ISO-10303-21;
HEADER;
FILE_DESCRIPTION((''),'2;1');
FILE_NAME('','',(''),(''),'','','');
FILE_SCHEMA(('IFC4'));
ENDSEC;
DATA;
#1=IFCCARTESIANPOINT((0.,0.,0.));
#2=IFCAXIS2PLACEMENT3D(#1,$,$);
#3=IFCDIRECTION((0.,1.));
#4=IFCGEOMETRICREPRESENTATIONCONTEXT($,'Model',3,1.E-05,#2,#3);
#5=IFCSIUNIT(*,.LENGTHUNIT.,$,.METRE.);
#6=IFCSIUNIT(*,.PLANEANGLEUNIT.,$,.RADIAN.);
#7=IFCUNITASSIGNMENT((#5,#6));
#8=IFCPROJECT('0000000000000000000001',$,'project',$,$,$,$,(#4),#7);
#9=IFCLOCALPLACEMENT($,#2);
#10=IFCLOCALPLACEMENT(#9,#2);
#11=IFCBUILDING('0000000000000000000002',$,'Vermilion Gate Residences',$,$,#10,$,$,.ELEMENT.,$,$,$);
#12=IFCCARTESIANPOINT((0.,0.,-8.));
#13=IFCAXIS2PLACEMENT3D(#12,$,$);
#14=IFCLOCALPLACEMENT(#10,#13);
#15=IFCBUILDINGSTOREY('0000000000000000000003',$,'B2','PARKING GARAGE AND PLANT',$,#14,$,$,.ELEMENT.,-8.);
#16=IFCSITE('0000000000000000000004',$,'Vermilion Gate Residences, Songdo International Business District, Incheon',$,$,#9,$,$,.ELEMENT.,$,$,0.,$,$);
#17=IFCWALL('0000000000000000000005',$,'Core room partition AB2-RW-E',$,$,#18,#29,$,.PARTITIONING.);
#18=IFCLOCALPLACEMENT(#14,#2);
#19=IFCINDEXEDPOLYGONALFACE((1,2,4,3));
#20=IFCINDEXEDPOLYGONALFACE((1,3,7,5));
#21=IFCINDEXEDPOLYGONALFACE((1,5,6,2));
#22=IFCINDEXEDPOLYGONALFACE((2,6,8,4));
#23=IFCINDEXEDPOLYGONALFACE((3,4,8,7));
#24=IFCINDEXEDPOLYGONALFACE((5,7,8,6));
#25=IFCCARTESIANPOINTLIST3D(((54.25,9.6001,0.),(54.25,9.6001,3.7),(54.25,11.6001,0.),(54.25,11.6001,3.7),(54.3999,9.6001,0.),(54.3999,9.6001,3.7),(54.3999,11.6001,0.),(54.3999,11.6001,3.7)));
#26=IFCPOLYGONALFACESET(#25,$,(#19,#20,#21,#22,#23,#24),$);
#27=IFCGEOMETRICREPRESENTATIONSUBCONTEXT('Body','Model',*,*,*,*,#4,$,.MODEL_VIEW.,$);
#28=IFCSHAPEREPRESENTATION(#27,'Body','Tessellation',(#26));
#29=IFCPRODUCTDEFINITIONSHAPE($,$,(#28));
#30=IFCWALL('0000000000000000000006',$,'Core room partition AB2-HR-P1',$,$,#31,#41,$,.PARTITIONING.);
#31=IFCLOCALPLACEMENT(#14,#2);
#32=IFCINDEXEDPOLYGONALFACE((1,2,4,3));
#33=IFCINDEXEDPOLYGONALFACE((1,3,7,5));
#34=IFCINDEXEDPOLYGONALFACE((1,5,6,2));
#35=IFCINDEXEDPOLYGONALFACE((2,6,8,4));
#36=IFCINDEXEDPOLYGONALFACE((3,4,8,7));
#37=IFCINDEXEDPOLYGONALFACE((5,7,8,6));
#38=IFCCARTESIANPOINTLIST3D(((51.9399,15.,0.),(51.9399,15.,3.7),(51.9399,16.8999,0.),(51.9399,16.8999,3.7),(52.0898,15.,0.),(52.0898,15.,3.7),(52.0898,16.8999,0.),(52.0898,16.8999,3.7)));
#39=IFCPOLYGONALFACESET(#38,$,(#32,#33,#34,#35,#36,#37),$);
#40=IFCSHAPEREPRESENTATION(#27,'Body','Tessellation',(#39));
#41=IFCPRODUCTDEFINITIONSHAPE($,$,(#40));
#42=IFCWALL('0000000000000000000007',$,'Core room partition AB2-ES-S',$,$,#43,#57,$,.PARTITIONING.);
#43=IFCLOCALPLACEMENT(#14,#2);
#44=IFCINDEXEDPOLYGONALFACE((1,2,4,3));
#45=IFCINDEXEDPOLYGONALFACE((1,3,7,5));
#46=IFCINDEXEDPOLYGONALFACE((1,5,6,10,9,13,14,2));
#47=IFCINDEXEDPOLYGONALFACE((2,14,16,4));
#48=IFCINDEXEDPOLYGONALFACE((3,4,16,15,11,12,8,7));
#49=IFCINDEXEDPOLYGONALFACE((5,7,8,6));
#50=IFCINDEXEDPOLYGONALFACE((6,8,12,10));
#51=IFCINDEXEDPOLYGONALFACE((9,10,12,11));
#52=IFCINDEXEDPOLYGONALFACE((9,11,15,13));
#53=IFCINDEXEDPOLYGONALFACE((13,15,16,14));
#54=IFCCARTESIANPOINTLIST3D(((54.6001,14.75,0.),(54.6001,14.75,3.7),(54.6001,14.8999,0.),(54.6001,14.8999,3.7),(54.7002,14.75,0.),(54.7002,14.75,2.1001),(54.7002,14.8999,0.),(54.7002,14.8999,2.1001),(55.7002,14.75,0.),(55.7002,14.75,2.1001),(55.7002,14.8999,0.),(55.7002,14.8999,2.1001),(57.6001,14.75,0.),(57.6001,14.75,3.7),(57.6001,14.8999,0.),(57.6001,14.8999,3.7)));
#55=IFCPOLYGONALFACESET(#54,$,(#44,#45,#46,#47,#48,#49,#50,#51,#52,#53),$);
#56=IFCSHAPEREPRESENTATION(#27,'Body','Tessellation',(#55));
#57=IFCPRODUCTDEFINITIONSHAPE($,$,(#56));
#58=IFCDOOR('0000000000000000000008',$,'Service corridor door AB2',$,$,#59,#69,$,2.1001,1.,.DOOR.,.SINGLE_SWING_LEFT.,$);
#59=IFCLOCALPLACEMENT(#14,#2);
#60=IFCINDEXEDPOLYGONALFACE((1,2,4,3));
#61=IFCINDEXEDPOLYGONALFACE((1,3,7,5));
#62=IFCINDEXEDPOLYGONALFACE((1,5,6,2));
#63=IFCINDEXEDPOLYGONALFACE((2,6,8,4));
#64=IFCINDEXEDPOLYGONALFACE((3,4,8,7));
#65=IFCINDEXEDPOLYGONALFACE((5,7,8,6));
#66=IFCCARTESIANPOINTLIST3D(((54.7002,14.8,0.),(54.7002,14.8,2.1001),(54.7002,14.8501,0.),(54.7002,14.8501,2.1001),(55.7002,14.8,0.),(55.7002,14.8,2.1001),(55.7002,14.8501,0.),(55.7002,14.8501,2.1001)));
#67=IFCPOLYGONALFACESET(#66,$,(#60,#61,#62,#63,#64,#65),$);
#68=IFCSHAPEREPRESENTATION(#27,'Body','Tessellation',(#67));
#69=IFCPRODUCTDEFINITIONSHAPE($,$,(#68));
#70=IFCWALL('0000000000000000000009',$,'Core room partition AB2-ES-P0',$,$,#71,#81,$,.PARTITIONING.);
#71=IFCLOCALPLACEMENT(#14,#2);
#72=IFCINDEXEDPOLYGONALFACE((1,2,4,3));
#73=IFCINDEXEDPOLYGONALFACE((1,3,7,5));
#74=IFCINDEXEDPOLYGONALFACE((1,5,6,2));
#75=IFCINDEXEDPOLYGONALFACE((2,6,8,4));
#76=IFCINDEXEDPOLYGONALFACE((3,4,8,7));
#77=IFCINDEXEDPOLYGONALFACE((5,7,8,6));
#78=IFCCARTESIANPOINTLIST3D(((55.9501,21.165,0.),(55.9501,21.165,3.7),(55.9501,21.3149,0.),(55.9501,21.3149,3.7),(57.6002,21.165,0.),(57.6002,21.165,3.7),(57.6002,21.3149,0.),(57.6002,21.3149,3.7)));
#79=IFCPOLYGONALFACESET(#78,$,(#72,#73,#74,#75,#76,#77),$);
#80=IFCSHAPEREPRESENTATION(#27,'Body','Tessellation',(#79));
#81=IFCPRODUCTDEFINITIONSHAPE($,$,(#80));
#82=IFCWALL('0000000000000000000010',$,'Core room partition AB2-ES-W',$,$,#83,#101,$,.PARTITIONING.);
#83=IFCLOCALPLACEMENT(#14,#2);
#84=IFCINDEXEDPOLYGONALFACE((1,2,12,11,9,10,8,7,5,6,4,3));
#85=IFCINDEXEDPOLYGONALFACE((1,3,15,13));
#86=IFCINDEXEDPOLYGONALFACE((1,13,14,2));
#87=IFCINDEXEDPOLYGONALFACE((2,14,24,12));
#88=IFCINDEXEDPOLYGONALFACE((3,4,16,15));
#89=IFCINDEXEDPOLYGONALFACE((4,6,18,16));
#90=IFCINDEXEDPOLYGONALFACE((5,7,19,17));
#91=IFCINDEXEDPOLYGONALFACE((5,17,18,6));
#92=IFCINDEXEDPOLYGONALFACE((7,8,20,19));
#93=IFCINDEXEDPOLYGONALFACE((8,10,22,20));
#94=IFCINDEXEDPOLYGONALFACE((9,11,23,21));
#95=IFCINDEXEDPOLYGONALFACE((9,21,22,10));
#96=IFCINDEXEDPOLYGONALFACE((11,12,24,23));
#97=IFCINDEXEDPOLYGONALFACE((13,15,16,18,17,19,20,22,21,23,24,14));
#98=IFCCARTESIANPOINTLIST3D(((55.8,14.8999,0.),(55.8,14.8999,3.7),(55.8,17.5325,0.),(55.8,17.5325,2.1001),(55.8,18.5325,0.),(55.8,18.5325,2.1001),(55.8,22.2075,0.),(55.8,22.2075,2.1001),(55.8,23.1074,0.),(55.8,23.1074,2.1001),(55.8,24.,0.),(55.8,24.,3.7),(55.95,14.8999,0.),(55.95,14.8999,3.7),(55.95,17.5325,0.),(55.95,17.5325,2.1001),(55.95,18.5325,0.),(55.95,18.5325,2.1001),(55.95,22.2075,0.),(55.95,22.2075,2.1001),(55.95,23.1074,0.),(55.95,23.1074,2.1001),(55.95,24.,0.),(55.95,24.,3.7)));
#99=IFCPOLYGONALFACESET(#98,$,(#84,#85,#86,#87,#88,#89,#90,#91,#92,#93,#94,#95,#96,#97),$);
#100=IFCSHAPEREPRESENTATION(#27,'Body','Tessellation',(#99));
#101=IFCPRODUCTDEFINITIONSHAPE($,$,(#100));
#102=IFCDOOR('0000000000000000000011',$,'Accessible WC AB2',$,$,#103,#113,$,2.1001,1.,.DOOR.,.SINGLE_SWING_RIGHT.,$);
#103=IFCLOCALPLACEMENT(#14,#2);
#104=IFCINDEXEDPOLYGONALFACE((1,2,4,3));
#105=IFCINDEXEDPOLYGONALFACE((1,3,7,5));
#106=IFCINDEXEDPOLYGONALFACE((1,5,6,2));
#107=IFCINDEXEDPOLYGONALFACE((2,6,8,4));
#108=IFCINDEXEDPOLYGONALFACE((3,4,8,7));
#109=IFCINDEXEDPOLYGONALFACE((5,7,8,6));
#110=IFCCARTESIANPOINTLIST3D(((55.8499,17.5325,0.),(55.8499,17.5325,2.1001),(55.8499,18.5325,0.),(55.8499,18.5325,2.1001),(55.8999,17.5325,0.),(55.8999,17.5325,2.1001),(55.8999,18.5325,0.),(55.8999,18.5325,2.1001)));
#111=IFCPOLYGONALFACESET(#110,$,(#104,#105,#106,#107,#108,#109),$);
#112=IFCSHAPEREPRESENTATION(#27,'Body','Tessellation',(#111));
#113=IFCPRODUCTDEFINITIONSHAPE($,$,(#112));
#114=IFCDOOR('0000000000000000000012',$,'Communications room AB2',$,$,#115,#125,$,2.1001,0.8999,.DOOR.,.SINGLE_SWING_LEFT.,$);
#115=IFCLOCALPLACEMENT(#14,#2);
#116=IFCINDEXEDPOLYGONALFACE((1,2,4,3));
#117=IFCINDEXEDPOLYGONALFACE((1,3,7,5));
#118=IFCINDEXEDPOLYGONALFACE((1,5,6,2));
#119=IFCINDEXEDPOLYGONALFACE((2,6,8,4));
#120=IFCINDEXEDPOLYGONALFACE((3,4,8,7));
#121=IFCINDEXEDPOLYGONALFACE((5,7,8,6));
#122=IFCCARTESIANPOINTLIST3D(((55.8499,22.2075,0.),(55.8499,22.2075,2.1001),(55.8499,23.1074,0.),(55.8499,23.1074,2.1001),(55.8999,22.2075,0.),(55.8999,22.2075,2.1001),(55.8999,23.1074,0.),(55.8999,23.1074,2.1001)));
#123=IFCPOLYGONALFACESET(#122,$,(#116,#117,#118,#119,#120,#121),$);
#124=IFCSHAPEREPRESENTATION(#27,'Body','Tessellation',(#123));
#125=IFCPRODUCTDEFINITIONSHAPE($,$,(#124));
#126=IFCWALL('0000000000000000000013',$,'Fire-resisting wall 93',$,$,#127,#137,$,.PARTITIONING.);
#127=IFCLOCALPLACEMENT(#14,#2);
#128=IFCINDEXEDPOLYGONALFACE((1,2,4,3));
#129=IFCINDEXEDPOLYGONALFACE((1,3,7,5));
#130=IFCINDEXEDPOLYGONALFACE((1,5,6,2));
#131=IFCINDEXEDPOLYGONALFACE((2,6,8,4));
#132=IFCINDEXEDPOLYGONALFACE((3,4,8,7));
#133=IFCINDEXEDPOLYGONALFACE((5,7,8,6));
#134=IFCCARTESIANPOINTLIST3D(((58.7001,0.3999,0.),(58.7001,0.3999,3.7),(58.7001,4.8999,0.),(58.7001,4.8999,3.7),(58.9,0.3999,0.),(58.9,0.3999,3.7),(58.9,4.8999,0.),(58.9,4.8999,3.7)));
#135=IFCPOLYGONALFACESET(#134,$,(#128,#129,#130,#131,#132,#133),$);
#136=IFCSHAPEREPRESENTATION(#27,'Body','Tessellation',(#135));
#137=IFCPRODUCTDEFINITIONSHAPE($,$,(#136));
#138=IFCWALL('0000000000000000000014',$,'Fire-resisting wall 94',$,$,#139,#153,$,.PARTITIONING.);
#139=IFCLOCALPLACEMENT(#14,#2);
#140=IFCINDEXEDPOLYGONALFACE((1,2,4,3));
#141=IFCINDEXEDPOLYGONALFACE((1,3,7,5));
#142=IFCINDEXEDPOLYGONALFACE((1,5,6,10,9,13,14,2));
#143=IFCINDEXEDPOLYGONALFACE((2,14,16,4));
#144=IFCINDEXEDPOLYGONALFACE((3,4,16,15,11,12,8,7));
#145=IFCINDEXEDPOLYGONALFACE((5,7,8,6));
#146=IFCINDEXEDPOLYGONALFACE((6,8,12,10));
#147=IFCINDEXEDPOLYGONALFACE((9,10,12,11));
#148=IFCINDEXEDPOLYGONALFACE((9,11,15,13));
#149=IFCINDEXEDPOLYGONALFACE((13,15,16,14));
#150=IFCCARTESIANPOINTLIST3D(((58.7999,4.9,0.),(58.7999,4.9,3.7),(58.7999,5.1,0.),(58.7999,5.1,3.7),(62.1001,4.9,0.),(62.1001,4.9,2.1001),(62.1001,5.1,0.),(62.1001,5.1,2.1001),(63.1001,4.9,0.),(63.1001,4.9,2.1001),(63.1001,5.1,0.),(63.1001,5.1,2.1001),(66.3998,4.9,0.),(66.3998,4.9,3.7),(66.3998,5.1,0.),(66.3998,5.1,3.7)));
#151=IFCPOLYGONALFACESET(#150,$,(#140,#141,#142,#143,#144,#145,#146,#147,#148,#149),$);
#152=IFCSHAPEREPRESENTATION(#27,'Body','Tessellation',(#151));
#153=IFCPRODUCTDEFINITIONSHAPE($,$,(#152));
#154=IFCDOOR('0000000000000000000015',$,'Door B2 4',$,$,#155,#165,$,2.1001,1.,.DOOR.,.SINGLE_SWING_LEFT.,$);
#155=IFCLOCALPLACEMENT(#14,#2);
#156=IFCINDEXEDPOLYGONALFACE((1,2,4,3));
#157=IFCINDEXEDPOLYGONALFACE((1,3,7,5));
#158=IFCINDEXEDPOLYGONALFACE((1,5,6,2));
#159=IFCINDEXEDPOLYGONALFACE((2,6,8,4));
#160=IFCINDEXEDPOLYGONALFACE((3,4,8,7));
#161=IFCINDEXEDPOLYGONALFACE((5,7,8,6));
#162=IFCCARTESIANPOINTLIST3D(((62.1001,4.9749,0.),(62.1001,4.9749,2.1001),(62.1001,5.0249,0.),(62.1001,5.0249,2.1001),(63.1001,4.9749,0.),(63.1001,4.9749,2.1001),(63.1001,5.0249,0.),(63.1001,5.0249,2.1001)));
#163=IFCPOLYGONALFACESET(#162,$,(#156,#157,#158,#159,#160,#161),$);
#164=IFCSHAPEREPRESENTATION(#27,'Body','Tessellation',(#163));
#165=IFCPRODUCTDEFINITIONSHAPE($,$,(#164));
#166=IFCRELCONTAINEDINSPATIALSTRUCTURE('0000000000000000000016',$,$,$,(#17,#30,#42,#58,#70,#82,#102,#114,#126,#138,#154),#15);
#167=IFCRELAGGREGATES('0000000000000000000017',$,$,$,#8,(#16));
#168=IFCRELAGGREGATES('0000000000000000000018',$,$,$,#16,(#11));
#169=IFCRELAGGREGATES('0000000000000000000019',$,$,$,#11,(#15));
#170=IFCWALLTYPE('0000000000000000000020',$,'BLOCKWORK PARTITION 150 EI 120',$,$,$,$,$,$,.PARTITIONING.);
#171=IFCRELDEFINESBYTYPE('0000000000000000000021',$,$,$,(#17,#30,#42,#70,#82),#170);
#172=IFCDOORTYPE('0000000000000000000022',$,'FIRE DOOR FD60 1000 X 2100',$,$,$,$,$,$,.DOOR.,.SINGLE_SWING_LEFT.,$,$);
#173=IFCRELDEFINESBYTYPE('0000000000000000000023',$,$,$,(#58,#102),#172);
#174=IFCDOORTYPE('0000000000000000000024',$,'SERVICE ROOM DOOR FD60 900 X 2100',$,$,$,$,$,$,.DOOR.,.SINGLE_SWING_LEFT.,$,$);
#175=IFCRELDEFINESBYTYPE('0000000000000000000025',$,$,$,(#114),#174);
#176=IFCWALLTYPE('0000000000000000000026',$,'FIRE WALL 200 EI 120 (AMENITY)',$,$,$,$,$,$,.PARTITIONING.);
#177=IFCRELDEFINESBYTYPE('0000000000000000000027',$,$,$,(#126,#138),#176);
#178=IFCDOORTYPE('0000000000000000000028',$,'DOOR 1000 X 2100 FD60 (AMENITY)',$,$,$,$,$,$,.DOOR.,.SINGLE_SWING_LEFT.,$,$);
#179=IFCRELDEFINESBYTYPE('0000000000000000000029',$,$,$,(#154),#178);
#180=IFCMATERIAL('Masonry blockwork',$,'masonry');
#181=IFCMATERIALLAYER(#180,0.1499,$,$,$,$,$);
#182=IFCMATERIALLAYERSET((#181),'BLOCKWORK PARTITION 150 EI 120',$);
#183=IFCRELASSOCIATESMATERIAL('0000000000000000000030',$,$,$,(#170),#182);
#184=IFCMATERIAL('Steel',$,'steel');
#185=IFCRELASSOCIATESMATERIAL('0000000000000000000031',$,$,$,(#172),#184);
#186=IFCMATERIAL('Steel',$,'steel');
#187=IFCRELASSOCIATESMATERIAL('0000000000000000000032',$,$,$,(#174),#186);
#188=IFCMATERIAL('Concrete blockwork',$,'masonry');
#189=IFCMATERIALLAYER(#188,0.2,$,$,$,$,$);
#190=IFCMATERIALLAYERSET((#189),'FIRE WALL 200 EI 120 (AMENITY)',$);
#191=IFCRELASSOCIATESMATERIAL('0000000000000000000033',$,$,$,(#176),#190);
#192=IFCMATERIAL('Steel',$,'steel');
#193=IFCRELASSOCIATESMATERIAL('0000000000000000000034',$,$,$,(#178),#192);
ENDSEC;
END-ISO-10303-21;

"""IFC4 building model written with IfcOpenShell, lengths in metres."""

from ifc_helpers import new_model, si_unit, direction, frame, frame_2d, origin, place, context, subcontext, project, spatial, rectangle, extrude, material, layer, layer_set, type_object, element, fill, save


model = new_model("IFC4")

# Units and contexts
model_context = context("Model", 3, precision=1e-05, world=origin(), true_north=direction((0.0, 1.0)))
body_context = subcontext(model_context, "Body", "Model", "MODEL_VIEW")
ifc_project = project(units=[si_unit("LENGTHUNIT", "METRE"), si_unit("PLANEANGLEUNIT", "RADIAN")], contexts=[model_context])

# Site, building, storey
site_placement = place(None, origin())
site = spatial("IfcSite", under=ifc_project, at=site_placement, Name="Vermilion Gate Residences, Songdo International Business District, Incheon", CompositionType="ELEMENT", RefElevation=0.0)
building_placement = place(site_placement, origin())
building = spatial("IfcBuilding", under=site, at=building_placement, Name="Vermilion Gate Residences", CompositionType="ELEMENT")
storey_placement = place(building_placement, frame((0.0, 0.0, -8.0)))
storey = spatial("IfcBuildingStorey", under=building, at=storey_placement, Name="B2", Description="PARKING GARAGE AND PLANT", CompositionType="ELEMENT", Elevation=-8.0)

# Walls
ifc_material_1 = material(Name="Masonry blockwork", Category="masonry")
ifc_layer_1 = layer(ifc_material_1, 0.1499)
ifc_layer_set_1 = layer_set([ifc_layer_1], Name="BLOCKWORK PARTITION 150 EI 120")
wall_type_1 = type_object("IfcWallType", Name="BLOCKWORK PARTITION 150 EI 120", PredefinedType="PARTITIONING", material=ifc_layer_set_1)
wall_1_placement = place(storey_placement, frame((54.325, 9.6001, 0.0), z_axis=(0.0, 0.0, 1.0), x_axis=(0.0, 1.0, 0.0)))
element("IfcWall", 1, at=wall_1_placement, inside=storey, type_object=wall_type_1, Name="Core room partition AB2-RW-E", PredefinedType="PARTITIONING", context=body_context, shape_type="SweptSolid", body=[
    extrude(rectangle(XDim=2.0, YDim=0.1499, at=frame_2d((1.0, 0.0))), origin(), (0.0, 0.0, 1.0), 3.7),
])
wall_2_placement = place(storey_placement, frame((52.0149, 15.0, 0.0), z_axis=(0.0, 0.0, 1.0), x_axis=(0.0, 1.0, 0.0)))
element("IfcWall", 2, at=wall_2_placement, inside=storey, type_object=wall_type_1, Name="Core room partition AB2-HR-P1", PredefinedType="PARTITIONING", context=body_context, shape_type="SweptSolid", body=[
    extrude(rectangle(XDim=1.8999, YDim=0.1499, at=frame_2d((0.95, 0.0))), origin(), (0.0, 0.0, 1.0), 3.7),
])

# Wall, opening, door
wall_3_placement = place(storey_placement, frame((54.6001, 14.825, 0.0), z_axis=(0.0, 0.0, 1.0), x_axis=(1.0, 0.0, 0.0)))
wall_3 = element("IfcWall", 3, at=wall_3_placement, inside=storey, type_object=wall_type_1, Name="Core room partition AB2-ES-S", PredefinedType="PARTITIONING", context=body_context, shape_type="SweptSolid", body=[
    extrude(rectangle(XDim=3.0, YDim=0.1499, at=frame_2d((1.5, 0.0))), origin(), (0.0, 0.0, 1.0), 3.7),
])
opening_1_placement = place(wall_3_placement, frame((0.1001, 0.0, 0.0)))
opening_1 = element("IfcOpeningElement", 4, at=opening_1_placement, cuts=wall_3, PredefinedType="OPENING", context=body_context, shape_type="SweptSolid", body=[
    extrude(rectangle(XDim=1.0, YDim=2.1001, at=frame_2d((0.5, 1.05))), frame((0.0, 0.085, 0.0), z_axis=(0.0, -1.0, 0.0), x_axis=(1.0, 0.0, 0.0)), (0.0, 0.0, 1.0), 0.1699),
])
ifc_material_2 = material(Name="Steel", Category="steel")
door_type_1 = type_object("IfcDoorType", Name="FIRE DOOR FD60 1000 X 2100", OperationType="SINGLE_SWING_LEFT", PredefinedType="DOOR", material=ifc_material_2)
door_1_placement = place(opening_1_placement, frame((1.0, 0.0, 0.0), z_axis=(0.0, 0.0, 1.0), x_axis=(-1.0, 0.0, 0.0)))
door_1 = element("IfcDoor", 5, at=door_1_placement, inside=storey, type_object=door_type_1, Name="Service corridor door AB2", OperationType="SINGLE_SWING_LEFT", OverallHeight=2.1001, OverallWidth=1.0, PredefinedType="DOOR", context=body_context, shape_type="SweptSolid", body=[
    extrude(rectangle(XDim=1.0, YDim=2.1001, at=frame_2d((0.5, 1.05))), frame((0.0, 0.0249, 0.0), z_axis=(0.0, -1.0, 0.0), x_axis=(1.0, 0.0, 0.0)), (0.0, 0.0, 1.0), 0.05),
])
fill(opening_1, door_1)

# Wall
wall_4_placement = place(storey_placement, frame((55.95, 21.24, 0.0), z_axis=(0.0, 0.0, 1.0), x_axis=(1.0, 0.0, 0.0)))
element("IfcWall", 6, at=wall_4_placement, inside=storey, type_object=wall_type_1, Name="Core room partition AB2-ES-P0", PredefinedType="PARTITIONING", context=body_context, shape_type="SweptSolid", body=[
    extrude(rectangle(XDim=1.6501, YDim=0.1499, at=frame_2d((0.8252, 0.0))), origin(), (0.0, 0.0, 1.0), 3.7),
])

# Wall, openings, doors
wall_5_placement = place(storey_placement, frame((55.875, 14.8999, 0.0), z_axis=(0.0, 0.0, 1.0), x_axis=(0.0, 1.0, 0.0)))
wall_5 = element("IfcWall", 7, at=wall_5_placement, inside=storey, type_object=wall_type_1, Name="Core room partition AB2-ES-W", PredefinedType="PARTITIONING", context=body_context, shape_type="SweptSolid", body=[
    extrude(rectangle(XDim=9.1001, YDim=0.1499, at=frame_2d((4.55, 0.0))), origin(), (0.0, 0.0, 1.0), 3.7),
])
opening_2_placement = place(wall_5_placement, frame((2.6326, 0.0, 0.0)))
opening_2 = element("IfcOpeningElement", 8, at=opening_2_placement, cuts=wall_5, PredefinedType="OPENING", context=body_context, shape_type="SweptSolid", body=[
    extrude(rectangle(XDim=1.0, YDim=2.1001, at=frame_2d((0.5, 1.05))), frame((0.0, 0.085, 0.0), z_axis=(0.0, -1.0, 0.0), x_axis=(1.0, 0.0, 0.0)), (0.0, 0.0, 1.0), 0.1699),
])
opening_3_placement = place(wall_5_placement, frame((7.3076, 0.0, 0.0)))
opening_3 = element("IfcOpeningElement", 9, at=opening_3_placement, cuts=wall_5, PredefinedType="OPENING", context=body_context, shape_type="SweptSolid", body=[
    extrude(rectangle(XDim=0.8999, YDim=2.1001, at=frame_2d((0.45, 1.05))), frame((0.0, 0.085, 0.0), z_axis=(0.0, -1.0, 0.0), x_axis=(1.0, 0.0, 0.0)), (0.0, 0.0, 1.0), 0.1699),
])
door_2_placement = place(opening_2_placement, frame((1.0, 0.0, 0.0), z_axis=(0.0, 0.0, 1.0), x_axis=(-1.0, 0.0, 0.0)))
door_2 = element("IfcDoor", 10, at=door_2_placement, inside=storey, type_object=door_type_1, Name="Accessible WC AB2", OperationType="SINGLE_SWING_RIGHT", OverallHeight=2.1001, OverallWidth=1.0, PredefinedType="DOOR", context=body_context, shape_type="SweptSolid", body=[
    extrude(rectangle(XDim=1.0, YDim=2.1001, at=frame_2d((0.5, 1.05))), frame((0.0, 0.0249, 0.0), z_axis=(0.0, -1.0, 0.0), x_axis=(1.0, 0.0, 0.0)), (0.0, 0.0, 1.0), 0.05),
])
fill(opening_2, door_2)
ifc_material_3 = material(Name="Steel", Category="steel")
door_type_2 = type_object("IfcDoorType", Name="SERVICE ROOM DOOR FD60 900 X 2100", OperationType="SINGLE_SWING_LEFT", PredefinedType="DOOR", material=ifc_material_3)
door_3_placement = place(opening_3_placement, frame((0.8999, 0.0, 0.0), z_axis=(0.0, 0.0, 1.0), x_axis=(-1.0, 0.0, 0.0)))
door_3 = element("IfcDoor", 11, at=door_3_placement, inside=storey, type_object=door_type_2, Name="Communications room AB2", OperationType="SINGLE_SWING_LEFT", OverallHeight=2.1001, OverallWidth=0.8999, PredefinedType="DOOR", context=body_context, shape_type="SweptSolid", body=[
    extrude(rectangle(XDim=0.8999, YDim=2.1001, at=frame_2d((0.45, 1.05))), frame((0.0, 0.0249, 0.0), z_axis=(0.0, -1.0, 0.0), x_axis=(1.0, 0.0, 0.0)), (0.0, 0.0, 1.0), 0.05),
])
fill(opening_3, door_3)

# Wall
ifc_material_4 = material(Name="Concrete blockwork", Category="masonry")
ifc_layer_2 = layer(ifc_material_4, 0.2)
ifc_layer_set_2 = layer_set([ifc_layer_2], Name="FIRE WALL 200 EI 120 (AMENITY)")
wall_type_2 = type_object("IfcWallType", Name="FIRE WALL 200 EI 120 (AMENITY)", PredefinedType="PARTITIONING", material=ifc_layer_set_2)
wall_6_placement = place(storey_placement, frame((58.8, 0.3999, 0.0), z_axis=(0.0, 0.0, 1.0), x_axis=(0.0, 1.0, 0.0)))
element("IfcWall", 12, at=wall_6_placement, inside=storey, type_object=wall_type_2, Name="Fire-resisting wall 93", PredefinedType="PARTITIONING", context=body_context, shape_type="SweptSolid", body=[
    extrude(rectangle(XDim=4.5, YDim=0.2, at=frame_2d((2.25, 0.0))), origin(), (0.0, 0.0, 1.0), 3.7),
])

# Wall, opening, door
wall_7_placement = place(storey_placement, frame((58.8, 5.0, 0.0), z_axis=(0.0, 0.0, 1.0), x_axis=(1.0, 0.0, 0.0)))
wall_7 = element("IfcWall", 13, at=wall_7_placement, inside=storey, type_object=wall_type_2, Name="Fire-resisting wall 94", PredefinedType="PARTITIONING", context=body_context, shape_type="SweptSolid", body=[
    extrude(rectangle(XDim=7.5999, YDim=0.2, at=frame_2d((3.7998, 0.0))), origin(), (0.0, 0.0, 1.0), 3.7),
])
opening_4_placement = place(wall_7_placement, frame((3.3, 0.0, 0.0)))
opening_4 = element("IfcOpeningElement", 14, at=opening_4_placement, cuts=wall_7, PredefinedType="OPENING", context=body_context, shape_type="SweptSolid", body=[
    extrude(rectangle(XDim=1.0, YDim=2.1001, at=frame_2d((0.5, 1.05))), frame((0.0, 0.1099, 0.0), z_axis=(0.0, -1.0, 0.0), x_axis=(1.0, 0.0, 0.0)), (0.0, 0.0, 1.0), 0.22),
])
ifc_material_5 = material(Name="Steel", Category="steel")
door_type_3 = type_object("IfcDoorType", Name="DOOR 1000 X 2100 FD60 (AMENITY)", OperationType="SINGLE_SWING_LEFT", PredefinedType="DOOR", material=ifc_material_5)
door_4_placement = place(opening_4_placement, origin())
door_4 = element("IfcDoor", 15, at=door_4_placement, inside=storey, type_object=door_type_3, Name="Door B2 4", OperationType="SINGLE_SWING_LEFT", OverallHeight=2.1001, OverallWidth=1.0, PredefinedType="DOOR", context=body_context, shape_type="SweptSolid", body=[
    extrude(rectangle(XDim=1.0, YDim=2.1001, at=frame_2d((0.5, 1.05))), frame((0.0, 0.0249, 0.0), z_axis=(0.0, -1.0, 0.0), x_axis=(1.0, 0.0, 0.0)), (0.0, 0.0, 1.0), 0.05),
])
fill(opening_4, door_4)

save(model, "model.ifc")
